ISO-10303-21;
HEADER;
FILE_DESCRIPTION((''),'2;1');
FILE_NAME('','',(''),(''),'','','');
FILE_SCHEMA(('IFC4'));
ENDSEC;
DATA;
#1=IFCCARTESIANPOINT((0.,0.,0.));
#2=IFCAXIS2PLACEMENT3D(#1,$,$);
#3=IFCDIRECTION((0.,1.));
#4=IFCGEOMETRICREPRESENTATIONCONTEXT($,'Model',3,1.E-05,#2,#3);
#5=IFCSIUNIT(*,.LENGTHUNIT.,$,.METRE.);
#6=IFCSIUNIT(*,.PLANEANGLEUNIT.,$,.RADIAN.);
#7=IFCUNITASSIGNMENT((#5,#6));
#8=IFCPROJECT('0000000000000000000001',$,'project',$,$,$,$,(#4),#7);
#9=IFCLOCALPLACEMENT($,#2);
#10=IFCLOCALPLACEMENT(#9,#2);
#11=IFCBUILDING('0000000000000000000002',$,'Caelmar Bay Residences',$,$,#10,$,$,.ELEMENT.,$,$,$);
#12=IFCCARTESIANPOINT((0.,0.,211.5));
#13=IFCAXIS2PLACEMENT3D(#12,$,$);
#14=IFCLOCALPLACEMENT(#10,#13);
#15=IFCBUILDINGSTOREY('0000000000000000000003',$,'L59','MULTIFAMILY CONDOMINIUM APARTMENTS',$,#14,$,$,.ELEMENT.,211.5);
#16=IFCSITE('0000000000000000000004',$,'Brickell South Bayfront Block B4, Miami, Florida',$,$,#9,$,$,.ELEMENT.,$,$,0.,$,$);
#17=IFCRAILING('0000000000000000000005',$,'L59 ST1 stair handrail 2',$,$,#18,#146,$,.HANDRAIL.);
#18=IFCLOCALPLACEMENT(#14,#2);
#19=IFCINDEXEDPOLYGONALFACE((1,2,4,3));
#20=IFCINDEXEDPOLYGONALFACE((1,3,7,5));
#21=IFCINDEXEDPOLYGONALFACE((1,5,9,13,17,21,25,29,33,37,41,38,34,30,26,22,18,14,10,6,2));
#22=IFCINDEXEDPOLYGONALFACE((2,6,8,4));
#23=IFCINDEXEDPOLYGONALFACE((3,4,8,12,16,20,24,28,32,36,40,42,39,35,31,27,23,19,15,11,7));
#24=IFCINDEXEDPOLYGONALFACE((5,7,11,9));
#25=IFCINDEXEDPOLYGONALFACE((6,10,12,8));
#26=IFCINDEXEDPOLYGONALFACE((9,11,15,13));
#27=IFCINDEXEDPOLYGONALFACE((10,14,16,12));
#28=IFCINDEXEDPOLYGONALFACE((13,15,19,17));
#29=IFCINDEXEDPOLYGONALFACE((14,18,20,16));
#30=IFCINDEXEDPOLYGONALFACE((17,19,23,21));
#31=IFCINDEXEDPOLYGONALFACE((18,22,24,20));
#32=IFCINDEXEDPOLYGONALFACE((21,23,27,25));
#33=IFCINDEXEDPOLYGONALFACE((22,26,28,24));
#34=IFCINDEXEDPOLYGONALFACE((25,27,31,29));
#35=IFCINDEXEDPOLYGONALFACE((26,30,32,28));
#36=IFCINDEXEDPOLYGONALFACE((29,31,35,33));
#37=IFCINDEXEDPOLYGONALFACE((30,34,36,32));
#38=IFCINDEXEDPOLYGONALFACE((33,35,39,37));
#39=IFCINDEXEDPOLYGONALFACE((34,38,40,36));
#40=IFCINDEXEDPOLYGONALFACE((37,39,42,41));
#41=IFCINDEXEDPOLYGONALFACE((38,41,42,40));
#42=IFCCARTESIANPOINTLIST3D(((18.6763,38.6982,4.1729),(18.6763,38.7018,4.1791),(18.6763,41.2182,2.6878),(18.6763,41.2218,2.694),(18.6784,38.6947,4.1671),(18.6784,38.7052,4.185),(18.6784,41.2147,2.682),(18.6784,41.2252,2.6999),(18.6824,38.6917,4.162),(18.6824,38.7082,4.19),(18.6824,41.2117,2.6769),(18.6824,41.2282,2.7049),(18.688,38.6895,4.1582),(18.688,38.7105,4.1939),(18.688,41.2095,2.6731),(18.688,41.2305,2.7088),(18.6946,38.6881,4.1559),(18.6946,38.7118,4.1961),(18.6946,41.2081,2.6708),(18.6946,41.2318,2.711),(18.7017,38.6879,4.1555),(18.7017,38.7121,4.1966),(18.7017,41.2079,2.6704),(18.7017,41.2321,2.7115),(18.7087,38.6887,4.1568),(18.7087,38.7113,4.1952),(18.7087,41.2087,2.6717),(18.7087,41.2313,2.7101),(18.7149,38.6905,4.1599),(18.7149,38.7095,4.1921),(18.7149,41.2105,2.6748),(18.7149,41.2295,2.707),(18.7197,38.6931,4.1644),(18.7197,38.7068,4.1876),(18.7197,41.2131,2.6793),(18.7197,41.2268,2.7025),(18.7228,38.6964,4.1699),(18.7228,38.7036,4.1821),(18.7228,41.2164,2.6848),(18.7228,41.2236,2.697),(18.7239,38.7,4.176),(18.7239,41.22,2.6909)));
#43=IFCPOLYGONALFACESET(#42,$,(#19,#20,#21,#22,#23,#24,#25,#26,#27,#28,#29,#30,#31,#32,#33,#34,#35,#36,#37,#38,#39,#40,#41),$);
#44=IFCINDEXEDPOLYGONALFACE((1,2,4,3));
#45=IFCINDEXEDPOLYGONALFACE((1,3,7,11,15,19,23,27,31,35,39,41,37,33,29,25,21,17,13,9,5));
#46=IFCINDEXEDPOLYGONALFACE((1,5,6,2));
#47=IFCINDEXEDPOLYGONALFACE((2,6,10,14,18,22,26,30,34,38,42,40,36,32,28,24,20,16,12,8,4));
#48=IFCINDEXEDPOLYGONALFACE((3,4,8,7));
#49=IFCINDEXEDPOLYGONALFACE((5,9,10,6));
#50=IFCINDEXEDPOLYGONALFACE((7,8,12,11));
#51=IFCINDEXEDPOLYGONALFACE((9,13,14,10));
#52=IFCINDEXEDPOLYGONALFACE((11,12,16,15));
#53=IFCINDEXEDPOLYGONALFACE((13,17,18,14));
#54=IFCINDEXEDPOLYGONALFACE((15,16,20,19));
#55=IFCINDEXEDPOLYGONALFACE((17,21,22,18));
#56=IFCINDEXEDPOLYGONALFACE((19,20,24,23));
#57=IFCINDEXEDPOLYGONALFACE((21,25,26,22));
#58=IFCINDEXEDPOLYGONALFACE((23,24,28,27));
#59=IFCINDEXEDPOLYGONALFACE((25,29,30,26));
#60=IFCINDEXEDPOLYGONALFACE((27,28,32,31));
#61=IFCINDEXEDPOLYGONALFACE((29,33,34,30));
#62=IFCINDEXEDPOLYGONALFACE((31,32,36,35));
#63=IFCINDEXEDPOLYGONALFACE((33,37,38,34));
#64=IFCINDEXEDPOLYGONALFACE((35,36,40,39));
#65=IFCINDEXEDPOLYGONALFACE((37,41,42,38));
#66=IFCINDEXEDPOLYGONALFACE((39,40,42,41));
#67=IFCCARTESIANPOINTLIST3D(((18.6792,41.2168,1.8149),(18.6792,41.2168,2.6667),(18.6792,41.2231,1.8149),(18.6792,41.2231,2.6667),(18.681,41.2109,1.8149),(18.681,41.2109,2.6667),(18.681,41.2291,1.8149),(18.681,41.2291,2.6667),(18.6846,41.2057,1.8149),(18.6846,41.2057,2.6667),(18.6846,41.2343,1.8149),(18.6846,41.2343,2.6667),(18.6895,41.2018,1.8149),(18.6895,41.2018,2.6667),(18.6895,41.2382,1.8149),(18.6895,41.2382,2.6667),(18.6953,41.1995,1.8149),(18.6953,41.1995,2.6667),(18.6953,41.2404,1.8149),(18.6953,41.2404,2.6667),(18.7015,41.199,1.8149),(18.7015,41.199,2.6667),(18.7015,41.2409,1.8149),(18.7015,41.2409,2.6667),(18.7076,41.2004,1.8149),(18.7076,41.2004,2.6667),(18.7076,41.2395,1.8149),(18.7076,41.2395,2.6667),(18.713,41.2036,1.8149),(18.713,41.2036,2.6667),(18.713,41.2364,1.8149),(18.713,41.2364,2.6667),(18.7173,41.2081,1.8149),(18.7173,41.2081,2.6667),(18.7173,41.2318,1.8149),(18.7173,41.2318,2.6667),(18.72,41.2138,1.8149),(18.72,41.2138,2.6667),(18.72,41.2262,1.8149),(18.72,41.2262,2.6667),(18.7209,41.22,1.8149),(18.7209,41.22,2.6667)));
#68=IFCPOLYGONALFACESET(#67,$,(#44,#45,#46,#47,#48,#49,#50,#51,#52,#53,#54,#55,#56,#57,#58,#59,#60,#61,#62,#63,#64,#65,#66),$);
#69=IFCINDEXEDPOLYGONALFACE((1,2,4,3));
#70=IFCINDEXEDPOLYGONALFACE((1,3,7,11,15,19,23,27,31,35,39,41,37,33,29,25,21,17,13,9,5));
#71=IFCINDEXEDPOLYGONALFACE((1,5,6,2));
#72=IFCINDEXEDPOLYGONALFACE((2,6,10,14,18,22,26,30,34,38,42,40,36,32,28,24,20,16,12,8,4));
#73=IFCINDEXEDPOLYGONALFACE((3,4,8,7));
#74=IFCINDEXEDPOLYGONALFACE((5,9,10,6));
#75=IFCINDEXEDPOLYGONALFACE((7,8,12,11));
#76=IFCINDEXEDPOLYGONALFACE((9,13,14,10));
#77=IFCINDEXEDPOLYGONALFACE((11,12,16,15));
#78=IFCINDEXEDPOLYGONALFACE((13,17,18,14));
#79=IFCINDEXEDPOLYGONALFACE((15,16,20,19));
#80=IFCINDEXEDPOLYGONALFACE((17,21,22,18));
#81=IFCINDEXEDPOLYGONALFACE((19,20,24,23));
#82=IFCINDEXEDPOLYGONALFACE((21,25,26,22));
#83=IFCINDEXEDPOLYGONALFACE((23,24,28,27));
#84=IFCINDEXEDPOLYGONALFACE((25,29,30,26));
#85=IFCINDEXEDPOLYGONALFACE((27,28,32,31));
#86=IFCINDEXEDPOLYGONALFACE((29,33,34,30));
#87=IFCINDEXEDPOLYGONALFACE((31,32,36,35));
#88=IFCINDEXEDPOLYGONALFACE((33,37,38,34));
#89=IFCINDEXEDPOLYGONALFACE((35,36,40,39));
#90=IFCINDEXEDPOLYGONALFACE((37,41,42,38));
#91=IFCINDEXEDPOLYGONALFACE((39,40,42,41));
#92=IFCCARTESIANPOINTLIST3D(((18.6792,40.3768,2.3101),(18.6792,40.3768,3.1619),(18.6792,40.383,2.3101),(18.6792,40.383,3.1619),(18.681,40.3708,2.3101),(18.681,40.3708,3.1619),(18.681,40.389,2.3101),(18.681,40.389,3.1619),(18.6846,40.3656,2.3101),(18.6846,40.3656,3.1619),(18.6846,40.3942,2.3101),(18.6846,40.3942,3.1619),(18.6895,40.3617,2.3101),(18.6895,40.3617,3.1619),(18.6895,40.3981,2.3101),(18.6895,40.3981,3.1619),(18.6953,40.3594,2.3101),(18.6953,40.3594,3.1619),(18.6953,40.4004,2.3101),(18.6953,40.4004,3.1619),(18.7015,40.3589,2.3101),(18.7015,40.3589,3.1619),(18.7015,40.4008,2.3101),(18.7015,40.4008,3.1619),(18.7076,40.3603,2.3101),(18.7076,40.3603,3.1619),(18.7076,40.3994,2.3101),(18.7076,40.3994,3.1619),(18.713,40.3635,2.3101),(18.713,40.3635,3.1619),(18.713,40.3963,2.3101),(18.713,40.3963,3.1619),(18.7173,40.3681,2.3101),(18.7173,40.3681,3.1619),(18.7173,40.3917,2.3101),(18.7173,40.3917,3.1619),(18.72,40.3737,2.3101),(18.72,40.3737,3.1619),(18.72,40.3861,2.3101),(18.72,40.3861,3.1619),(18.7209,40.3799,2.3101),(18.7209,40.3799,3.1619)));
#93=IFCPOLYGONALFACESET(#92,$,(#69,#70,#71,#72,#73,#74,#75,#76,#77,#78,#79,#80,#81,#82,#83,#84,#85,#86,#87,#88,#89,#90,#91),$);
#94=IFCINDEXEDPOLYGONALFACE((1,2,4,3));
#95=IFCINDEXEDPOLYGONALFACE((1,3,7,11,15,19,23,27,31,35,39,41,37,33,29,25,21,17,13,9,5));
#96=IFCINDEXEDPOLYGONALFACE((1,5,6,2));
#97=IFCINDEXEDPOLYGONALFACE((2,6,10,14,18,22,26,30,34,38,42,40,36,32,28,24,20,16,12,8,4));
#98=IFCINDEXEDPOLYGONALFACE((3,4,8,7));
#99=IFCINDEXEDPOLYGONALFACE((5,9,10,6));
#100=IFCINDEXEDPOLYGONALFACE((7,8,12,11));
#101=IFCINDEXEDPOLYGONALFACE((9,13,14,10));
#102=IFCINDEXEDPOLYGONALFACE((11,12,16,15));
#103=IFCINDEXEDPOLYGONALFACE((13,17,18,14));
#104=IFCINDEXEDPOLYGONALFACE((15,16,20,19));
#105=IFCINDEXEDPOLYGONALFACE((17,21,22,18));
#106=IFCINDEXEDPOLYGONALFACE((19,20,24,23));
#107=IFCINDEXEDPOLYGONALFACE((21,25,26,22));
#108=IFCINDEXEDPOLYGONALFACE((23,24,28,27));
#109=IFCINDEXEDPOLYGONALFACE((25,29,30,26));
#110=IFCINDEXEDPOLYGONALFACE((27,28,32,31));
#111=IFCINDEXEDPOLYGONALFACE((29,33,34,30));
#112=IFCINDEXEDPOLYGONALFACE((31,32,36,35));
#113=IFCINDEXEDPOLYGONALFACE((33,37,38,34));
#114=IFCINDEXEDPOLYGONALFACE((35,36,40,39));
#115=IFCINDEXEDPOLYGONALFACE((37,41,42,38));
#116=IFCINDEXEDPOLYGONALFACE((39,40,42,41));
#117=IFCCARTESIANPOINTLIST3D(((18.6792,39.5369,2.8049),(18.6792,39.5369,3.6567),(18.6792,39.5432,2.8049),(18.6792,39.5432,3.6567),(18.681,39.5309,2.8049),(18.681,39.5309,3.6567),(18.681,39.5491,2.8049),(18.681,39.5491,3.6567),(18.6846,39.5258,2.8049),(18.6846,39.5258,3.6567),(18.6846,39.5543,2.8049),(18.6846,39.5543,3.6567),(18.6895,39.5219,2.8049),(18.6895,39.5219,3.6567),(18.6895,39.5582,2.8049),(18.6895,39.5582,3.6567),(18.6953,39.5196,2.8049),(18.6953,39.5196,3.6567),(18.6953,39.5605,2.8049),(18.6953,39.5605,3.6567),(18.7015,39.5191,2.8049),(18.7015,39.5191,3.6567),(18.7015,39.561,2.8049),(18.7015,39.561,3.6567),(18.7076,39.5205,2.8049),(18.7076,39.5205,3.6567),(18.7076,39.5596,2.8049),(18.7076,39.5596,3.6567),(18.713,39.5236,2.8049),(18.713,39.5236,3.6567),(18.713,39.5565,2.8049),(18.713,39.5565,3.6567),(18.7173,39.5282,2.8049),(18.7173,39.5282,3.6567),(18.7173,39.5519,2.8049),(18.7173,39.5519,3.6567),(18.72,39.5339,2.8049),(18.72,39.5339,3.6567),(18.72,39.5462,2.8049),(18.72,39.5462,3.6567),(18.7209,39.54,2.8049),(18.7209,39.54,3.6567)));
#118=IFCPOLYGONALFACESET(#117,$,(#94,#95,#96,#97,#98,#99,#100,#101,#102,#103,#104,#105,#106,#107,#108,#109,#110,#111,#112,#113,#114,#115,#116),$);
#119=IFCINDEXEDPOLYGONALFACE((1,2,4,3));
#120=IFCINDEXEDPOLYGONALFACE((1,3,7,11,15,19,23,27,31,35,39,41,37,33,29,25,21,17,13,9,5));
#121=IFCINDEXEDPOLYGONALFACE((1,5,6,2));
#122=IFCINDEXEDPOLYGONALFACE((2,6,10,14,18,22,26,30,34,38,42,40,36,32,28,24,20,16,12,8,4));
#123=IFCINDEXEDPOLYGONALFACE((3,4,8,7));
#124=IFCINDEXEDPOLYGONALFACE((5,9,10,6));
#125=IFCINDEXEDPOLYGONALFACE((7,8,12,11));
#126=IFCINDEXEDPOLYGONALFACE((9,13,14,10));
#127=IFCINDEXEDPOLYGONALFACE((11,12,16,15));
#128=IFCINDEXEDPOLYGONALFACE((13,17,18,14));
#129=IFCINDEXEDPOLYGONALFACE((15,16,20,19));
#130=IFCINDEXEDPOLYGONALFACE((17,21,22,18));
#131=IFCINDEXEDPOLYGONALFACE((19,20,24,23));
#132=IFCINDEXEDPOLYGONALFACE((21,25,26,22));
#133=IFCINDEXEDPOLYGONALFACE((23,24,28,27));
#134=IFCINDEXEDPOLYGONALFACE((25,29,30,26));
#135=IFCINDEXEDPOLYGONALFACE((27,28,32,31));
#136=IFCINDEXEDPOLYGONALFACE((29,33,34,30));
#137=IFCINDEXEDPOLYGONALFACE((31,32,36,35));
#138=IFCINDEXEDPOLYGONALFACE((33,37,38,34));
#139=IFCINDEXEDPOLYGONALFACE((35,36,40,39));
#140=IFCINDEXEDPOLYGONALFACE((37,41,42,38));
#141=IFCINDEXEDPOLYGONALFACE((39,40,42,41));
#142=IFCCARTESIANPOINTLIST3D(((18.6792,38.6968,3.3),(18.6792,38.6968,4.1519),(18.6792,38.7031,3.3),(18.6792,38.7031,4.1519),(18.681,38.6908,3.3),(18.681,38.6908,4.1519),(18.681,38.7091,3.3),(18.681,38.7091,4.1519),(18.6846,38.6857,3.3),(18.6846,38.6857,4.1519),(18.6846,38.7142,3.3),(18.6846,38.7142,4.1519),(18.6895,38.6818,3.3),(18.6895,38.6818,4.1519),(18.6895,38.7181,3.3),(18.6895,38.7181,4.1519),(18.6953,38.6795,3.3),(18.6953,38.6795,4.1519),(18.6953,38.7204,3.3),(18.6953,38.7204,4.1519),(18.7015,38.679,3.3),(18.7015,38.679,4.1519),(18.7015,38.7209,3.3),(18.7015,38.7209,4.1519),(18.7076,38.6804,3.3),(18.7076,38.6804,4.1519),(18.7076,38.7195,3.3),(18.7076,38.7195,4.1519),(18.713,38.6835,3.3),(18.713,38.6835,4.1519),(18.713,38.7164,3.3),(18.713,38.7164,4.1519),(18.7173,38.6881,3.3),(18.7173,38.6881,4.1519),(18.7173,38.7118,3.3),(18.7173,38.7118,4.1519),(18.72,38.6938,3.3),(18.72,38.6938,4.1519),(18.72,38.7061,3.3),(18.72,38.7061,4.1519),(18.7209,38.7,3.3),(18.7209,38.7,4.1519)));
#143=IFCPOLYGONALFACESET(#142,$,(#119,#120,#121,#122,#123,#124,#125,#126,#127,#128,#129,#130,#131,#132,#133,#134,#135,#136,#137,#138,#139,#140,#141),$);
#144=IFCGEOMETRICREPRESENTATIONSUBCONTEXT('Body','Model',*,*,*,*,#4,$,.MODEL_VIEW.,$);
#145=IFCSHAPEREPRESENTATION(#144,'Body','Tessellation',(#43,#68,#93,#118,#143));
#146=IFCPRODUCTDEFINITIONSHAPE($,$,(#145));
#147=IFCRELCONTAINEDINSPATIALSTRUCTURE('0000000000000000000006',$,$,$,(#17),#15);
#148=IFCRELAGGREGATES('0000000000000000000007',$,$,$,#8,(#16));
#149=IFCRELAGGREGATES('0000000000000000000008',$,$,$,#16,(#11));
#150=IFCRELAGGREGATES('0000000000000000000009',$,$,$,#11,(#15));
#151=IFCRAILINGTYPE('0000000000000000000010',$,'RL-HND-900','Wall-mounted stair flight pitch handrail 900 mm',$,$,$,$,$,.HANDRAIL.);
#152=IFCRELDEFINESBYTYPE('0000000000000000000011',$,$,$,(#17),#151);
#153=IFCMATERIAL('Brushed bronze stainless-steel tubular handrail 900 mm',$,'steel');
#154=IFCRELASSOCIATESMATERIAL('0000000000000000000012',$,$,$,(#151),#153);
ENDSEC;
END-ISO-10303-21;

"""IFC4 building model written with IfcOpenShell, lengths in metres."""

from ifc_helpers import new_model, si_unit, direction, frame, origin, origin_2d, place, context, subcontext, project, spatial, circle, extrude, material, type_object, element, save


model = new_model("IFC4")

# Units and contexts
model_context = context("Model", 3, precision=1e-05, world=origin(), true_north=direction((0.0, 1.0)))
body_context = subcontext(model_context, "Body", "Model", "MODEL_VIEW")
ifc_project = project(units=[si_unit("LENGTHUNIT", "METRE"), si_unit("PLANEANGLEUNIT", "RADIAN")], contexts=[model_context])

# Site, building, storey
site_placement = place(None, origin())
site = spatial("IfcSite", under=ifc_project, at=site_placement, Name="Brickell South Bayfront Block B4, Miami, Florida", CompositionType="ELEMENT", RefElevation=0.0)
building_placement = place(site_placement, origin())
building = spatial("IfcBuilding", under=site, at=building_placement, Name="Caelmar Bay Residences", CompositionType="ELEMENT")
storey_placement = place(building_placement, frame((0.0, 0.0, 211.5)))
storey = spatial("IfcBuildingStorey", under=building, at=storey_placement, Name="L59", Description="MULTIFAMILY CONDOMINIUM APARTMENTS", CompositionType="ELEMENT", Elevation=211.5)

# Railing
ifc_material_1 = material(Name="Brushed bronze stainless-steel tubular handrail 900 mm", Category="steel")
railing_type_1 = type_object("IfcRailingType", Name="RL-HND-900", Description="Wall-mounted stair flight pitch handrail 900 mm", PredefinedType="HANDRAIL", material=ifc_material_1)
railing_1_placement = place(storey_placement, frame((18.7, 41.22, 1.8149)))
element("IfcRailing", 1, at=railing_1_placement, inside=storey, type_object=railing_type_1, Name="L59 ST1 stair handrail 2", PredefinedType="HANDRAIL", context=body_context, shape_type="SweptSolid", body=[
    extrude(circle(Radius=0.0239, at=origin_2d()), frame((0.0, 0.0, 0.876), z_axis=(0.0, -0.861524, 0.507717), x_axis=(1.0, 0.0, 0.0)), (0.0, 0.0, 1.0), 2.925),
    extrude(circle(Radius=0.021, at=origin_2d()), origin(), (0.0, 0.0, 1.0), 0.8518),
    extrude(circle(Radius=0.021, at=origin_2d()), frame((0.0, -0.8401, 0.4951)), (0.0, 0.0, 1.0), 0.8518),
    extrude(circle(Radius=0.021, at=origin_2d()), frame((0.0, -1.6799, 0.99)), (0.0, 0.0, 1.0), 0.8518),
    extrude(circle(Radius=0.021, at=origin_2d()), frame((0.0, -2.52, 1.4851)), (0.0, 0.0, 1.0), 0.8518),
])

save(model, "model.ifc")
